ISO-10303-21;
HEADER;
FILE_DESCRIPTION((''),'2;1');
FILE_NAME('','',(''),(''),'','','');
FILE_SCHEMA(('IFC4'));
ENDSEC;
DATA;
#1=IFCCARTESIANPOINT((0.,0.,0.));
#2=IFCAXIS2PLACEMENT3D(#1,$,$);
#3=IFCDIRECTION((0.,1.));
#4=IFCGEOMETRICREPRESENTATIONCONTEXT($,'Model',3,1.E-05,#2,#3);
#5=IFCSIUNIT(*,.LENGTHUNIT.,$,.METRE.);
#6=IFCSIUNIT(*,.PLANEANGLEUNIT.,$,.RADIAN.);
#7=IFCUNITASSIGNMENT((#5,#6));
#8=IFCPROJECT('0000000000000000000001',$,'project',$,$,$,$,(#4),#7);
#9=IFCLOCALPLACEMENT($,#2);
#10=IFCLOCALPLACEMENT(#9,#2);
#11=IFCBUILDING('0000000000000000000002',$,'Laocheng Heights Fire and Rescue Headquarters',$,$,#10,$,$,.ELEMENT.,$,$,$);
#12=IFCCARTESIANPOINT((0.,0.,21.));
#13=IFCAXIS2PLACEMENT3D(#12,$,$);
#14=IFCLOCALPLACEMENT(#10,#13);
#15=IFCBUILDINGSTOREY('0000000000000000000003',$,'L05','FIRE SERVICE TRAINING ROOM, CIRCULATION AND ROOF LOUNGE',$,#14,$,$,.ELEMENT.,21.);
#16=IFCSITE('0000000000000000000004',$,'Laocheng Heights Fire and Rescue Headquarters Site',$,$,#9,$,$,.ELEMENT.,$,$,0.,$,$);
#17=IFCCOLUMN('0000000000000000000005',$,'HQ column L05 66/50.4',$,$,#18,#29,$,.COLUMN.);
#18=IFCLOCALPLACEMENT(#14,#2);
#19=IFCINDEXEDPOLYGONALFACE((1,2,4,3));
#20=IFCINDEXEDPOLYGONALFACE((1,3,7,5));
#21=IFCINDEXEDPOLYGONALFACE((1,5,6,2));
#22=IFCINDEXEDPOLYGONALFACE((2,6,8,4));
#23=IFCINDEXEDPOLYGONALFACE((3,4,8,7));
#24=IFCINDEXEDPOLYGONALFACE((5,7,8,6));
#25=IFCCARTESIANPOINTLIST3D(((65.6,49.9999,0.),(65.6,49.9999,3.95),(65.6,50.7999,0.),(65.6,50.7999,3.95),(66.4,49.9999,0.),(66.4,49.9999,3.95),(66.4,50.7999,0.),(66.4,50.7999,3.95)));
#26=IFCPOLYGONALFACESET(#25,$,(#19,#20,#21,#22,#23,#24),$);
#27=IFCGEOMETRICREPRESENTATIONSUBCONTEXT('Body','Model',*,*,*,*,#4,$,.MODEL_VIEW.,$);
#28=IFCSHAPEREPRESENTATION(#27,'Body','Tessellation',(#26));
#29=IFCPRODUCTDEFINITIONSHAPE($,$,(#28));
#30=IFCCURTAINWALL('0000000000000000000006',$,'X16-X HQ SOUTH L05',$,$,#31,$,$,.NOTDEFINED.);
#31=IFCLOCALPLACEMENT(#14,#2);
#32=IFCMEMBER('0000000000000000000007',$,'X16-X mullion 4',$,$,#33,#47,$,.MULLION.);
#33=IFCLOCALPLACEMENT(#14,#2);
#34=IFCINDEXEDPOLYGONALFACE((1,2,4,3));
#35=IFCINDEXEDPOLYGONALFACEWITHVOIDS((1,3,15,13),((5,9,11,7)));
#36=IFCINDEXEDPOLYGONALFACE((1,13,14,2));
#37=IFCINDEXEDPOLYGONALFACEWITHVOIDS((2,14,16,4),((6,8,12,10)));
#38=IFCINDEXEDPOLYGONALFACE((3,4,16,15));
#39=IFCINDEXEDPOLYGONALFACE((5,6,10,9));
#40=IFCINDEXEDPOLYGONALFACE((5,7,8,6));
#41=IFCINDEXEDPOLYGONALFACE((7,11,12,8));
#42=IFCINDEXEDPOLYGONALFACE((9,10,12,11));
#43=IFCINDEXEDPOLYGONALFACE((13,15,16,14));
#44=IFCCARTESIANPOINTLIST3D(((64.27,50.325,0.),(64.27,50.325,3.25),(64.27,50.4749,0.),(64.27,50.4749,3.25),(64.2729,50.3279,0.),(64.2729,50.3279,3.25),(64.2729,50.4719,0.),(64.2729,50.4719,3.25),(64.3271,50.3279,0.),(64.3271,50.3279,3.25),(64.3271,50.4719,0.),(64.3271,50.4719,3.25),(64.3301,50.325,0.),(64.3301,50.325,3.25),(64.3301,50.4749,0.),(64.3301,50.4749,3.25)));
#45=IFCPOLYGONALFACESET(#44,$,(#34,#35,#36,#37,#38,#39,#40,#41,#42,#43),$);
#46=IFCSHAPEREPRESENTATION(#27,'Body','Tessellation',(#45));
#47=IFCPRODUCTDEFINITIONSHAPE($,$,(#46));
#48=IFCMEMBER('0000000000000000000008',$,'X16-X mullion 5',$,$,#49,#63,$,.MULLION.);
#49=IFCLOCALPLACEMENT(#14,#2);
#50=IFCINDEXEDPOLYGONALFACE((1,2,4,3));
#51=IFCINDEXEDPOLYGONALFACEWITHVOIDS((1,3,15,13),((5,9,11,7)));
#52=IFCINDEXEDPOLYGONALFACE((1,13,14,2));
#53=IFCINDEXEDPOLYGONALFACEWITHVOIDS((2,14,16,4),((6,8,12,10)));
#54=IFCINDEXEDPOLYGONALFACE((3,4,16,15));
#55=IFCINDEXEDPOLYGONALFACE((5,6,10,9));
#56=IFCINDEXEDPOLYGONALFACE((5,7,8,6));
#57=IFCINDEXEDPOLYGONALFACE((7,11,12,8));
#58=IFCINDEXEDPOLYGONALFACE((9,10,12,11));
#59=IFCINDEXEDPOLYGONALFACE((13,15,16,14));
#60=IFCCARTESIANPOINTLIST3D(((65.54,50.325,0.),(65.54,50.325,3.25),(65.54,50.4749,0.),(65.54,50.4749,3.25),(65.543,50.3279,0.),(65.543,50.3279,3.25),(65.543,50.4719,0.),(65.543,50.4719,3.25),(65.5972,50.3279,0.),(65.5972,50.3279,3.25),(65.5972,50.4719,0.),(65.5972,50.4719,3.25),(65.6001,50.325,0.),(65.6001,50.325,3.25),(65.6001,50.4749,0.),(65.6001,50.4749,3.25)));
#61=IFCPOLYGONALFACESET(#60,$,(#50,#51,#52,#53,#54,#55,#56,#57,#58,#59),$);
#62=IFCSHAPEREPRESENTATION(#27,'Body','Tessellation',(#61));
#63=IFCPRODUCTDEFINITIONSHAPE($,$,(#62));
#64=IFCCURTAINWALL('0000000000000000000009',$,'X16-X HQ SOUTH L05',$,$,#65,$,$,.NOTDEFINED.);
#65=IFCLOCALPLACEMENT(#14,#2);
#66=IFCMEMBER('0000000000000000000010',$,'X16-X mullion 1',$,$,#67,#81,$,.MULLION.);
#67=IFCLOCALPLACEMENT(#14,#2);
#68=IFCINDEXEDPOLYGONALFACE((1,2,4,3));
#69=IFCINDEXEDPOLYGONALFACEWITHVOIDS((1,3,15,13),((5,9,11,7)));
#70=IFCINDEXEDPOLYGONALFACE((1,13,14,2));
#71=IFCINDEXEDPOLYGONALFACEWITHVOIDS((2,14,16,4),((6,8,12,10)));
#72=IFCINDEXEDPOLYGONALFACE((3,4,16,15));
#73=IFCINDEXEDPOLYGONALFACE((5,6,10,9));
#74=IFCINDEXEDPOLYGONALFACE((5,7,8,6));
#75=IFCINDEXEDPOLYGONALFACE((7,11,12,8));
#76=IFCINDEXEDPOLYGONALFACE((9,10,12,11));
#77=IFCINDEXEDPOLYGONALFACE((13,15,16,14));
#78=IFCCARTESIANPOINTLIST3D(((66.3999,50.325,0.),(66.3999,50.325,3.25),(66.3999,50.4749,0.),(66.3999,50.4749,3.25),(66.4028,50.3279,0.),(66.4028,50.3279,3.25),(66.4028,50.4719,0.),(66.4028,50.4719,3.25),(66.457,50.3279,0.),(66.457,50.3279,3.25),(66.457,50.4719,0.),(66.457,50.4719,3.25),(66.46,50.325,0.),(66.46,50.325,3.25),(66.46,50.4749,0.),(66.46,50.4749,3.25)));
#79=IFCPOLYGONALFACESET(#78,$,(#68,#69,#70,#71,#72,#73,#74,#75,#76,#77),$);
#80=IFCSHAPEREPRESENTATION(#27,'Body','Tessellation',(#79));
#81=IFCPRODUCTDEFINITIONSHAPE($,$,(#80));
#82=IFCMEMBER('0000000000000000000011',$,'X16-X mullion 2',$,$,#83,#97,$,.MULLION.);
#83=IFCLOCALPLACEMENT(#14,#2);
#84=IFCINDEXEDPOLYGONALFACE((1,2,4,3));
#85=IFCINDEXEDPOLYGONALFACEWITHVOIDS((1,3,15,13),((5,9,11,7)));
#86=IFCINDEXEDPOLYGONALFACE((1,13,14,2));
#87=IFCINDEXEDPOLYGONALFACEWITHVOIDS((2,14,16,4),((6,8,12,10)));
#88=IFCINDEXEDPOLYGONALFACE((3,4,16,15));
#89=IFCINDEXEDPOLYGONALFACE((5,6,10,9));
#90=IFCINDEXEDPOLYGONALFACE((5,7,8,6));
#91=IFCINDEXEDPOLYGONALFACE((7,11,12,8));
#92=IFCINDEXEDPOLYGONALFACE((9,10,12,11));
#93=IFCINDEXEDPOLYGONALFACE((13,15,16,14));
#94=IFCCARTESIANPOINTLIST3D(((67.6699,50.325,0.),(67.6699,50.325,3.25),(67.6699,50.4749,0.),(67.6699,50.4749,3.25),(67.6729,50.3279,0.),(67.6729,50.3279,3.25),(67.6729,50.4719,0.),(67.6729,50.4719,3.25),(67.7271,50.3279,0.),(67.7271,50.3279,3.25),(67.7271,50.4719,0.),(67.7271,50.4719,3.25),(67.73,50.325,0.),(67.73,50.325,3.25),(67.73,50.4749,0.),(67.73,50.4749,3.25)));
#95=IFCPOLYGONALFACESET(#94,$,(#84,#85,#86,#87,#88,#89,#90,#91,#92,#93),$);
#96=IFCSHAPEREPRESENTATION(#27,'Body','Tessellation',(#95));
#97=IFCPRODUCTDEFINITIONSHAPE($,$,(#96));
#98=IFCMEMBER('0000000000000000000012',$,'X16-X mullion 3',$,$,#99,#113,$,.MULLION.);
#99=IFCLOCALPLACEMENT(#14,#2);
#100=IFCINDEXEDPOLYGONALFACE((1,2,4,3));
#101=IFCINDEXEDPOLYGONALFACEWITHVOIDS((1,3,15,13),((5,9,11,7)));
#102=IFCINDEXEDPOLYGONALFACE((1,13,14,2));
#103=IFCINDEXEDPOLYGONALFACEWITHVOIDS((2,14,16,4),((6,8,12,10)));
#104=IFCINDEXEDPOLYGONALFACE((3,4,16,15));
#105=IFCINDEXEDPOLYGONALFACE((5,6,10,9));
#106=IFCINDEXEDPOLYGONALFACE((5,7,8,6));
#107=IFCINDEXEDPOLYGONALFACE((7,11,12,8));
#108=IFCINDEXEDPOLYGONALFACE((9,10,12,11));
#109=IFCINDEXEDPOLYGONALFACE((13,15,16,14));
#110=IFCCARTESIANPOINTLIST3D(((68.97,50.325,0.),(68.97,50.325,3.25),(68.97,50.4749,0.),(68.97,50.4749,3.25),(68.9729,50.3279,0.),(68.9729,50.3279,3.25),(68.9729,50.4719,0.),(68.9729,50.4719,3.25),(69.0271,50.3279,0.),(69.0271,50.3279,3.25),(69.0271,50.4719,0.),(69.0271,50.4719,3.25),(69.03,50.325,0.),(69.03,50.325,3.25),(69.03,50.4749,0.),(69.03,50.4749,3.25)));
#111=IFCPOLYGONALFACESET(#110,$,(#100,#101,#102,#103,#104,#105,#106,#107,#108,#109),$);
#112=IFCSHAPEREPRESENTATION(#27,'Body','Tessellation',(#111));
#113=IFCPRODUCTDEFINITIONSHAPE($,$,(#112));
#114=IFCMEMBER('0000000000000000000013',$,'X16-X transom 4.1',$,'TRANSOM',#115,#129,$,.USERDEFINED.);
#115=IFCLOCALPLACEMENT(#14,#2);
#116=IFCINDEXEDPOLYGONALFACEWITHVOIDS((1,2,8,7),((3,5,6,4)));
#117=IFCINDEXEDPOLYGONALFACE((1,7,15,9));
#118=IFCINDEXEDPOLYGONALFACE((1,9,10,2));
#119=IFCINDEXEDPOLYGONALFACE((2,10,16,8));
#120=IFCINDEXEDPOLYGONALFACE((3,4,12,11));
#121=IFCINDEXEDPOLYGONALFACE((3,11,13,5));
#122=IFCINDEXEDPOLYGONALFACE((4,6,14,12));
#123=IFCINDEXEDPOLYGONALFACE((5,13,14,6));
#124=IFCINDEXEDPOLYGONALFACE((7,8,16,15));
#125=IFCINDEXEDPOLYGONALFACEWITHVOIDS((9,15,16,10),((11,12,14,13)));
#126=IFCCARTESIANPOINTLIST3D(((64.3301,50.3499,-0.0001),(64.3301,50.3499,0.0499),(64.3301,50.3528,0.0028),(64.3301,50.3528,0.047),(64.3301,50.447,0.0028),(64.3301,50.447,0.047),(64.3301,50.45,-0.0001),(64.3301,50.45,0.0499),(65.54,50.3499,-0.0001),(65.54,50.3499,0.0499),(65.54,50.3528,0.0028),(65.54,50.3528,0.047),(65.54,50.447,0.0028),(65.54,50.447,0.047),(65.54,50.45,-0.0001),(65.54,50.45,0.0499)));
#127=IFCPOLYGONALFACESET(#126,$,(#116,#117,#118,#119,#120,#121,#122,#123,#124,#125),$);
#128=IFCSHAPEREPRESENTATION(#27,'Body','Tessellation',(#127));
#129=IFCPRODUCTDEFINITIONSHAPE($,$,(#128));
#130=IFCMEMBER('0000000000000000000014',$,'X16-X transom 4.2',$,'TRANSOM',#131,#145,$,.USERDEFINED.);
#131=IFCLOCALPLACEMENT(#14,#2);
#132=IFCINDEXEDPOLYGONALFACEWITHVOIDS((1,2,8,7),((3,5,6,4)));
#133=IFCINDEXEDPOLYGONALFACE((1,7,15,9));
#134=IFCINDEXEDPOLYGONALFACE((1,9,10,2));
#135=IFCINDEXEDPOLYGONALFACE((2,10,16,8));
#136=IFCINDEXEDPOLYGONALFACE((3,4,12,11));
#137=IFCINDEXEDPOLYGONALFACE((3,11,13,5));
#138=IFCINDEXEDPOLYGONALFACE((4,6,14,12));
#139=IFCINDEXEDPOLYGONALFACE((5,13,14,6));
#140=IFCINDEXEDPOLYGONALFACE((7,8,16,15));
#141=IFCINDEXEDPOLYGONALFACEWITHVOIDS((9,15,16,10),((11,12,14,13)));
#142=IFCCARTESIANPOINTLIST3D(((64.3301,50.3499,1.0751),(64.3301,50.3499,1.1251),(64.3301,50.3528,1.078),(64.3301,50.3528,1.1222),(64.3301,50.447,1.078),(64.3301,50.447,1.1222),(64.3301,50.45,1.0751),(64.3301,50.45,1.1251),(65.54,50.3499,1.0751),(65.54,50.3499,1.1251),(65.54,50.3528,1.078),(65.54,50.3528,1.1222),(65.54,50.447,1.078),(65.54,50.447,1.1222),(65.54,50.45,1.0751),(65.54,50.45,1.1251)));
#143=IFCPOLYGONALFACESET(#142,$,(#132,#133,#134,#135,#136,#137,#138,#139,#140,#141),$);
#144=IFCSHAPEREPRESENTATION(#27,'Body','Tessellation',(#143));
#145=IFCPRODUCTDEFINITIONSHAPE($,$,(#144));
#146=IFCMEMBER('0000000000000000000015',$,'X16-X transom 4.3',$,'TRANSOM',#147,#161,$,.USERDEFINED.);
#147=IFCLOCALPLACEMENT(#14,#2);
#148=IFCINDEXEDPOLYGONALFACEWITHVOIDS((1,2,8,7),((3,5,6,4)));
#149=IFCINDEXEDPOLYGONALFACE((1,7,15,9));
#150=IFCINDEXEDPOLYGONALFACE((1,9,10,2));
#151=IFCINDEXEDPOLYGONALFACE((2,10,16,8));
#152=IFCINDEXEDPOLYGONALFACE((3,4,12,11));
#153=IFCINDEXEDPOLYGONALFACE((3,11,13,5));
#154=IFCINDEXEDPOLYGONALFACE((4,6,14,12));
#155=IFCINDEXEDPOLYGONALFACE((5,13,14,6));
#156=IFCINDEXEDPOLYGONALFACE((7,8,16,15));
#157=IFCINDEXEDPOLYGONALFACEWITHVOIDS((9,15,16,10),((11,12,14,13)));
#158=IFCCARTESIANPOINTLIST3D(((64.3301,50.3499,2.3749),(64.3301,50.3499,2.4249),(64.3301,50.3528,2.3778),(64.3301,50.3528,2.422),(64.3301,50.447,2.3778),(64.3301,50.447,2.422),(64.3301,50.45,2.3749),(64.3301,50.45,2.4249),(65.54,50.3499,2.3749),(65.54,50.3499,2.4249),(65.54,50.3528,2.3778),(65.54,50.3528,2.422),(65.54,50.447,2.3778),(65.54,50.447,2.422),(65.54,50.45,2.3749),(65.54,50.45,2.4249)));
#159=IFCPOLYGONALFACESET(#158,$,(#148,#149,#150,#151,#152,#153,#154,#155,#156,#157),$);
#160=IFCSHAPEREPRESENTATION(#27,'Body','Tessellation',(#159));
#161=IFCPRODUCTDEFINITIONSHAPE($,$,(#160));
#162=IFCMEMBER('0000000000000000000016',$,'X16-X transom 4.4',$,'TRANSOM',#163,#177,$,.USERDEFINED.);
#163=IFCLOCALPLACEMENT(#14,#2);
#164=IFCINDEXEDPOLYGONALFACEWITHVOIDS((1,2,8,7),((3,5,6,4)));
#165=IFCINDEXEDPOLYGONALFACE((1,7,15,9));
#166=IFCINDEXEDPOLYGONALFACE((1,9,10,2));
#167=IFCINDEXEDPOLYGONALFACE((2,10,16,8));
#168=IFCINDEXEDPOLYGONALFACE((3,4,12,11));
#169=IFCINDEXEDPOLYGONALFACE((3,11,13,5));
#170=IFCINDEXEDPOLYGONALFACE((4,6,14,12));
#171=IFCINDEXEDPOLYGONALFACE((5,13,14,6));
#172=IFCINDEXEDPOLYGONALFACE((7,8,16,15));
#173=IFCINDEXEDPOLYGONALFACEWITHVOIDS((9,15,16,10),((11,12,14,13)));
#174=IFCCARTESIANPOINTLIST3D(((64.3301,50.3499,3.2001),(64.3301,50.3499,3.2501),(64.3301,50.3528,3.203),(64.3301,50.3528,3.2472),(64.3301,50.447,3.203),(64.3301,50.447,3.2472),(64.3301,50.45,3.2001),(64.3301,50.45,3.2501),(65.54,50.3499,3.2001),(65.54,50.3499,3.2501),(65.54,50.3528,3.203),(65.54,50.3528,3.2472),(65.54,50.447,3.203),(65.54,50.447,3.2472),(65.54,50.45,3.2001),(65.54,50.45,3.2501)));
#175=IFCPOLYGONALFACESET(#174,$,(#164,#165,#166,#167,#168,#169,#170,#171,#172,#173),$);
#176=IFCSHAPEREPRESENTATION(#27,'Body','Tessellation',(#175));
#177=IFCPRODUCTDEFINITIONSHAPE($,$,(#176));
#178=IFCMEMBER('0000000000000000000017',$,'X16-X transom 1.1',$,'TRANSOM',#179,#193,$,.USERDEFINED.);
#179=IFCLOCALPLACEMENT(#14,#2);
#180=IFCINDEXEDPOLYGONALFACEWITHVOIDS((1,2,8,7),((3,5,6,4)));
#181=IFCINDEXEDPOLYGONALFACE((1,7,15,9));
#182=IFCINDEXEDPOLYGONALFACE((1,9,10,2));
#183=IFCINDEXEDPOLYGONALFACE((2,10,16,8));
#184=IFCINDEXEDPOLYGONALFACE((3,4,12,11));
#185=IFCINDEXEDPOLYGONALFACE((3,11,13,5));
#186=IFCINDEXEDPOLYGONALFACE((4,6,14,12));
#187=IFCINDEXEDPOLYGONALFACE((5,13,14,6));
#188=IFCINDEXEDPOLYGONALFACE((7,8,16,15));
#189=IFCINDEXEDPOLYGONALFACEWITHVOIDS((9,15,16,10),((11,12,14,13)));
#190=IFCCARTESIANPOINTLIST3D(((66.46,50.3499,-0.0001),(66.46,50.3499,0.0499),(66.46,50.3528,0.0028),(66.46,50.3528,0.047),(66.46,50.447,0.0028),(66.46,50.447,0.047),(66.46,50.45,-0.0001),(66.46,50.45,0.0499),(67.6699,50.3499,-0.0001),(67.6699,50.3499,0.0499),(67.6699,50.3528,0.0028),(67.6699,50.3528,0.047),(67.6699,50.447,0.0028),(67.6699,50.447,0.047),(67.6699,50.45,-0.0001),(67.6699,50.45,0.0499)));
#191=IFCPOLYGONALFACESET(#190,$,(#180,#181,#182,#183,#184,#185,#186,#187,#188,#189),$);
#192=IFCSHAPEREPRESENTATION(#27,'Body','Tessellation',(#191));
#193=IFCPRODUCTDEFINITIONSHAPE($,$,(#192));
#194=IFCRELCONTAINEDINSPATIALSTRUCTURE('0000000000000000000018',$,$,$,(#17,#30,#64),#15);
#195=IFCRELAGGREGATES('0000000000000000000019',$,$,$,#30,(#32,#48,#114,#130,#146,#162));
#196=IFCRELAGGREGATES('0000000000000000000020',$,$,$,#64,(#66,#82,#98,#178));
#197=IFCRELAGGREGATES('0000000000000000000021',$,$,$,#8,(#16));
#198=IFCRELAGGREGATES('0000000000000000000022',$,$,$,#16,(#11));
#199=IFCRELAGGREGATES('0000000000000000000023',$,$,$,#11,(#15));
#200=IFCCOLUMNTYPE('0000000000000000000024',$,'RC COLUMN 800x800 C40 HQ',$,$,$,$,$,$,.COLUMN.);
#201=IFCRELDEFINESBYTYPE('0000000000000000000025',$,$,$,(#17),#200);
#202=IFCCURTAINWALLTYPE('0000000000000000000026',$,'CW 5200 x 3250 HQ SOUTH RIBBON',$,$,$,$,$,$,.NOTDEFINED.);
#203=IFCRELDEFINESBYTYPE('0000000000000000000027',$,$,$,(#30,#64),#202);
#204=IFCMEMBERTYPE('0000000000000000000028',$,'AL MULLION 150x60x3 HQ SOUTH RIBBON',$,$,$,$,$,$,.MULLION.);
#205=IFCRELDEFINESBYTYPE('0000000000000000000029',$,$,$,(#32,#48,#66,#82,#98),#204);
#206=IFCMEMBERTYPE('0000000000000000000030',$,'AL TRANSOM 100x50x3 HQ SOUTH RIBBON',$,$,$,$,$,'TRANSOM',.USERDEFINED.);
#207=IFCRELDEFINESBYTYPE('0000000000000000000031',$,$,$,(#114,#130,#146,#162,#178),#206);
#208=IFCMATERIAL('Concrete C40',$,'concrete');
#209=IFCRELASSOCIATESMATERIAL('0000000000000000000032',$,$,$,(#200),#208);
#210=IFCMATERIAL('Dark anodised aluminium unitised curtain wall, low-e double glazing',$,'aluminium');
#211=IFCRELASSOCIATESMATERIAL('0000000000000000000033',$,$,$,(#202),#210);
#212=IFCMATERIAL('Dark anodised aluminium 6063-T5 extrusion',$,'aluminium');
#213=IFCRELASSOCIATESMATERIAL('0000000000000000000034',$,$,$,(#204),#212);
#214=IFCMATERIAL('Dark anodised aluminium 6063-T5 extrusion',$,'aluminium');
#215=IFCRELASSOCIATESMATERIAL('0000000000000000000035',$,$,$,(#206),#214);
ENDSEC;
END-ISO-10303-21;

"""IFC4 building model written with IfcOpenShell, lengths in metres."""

from ifc_helpers import new_model, si_unit, direction, frame, origin, origin_2d, place, context, subcontext, project, spatial, rectangle, hollow_rectangle, extrude, material, material_profile, profile_set, type_object, element, aggregate, save


model = new_model("IFC4")

# Units and contexts
model_context = context("Model", 3, precision=1e-05, world=origin(), true_north=direction((0.0, 1.0)))
body_context = subcontext(model_context, "Body", "Model", "MODEL_VIEW")
ifc_project = project(units=[si_unit("LENGTHUNIT", "METRE"), si_unit("PLANEANGLEUNIT", "RADIAN")], contexts=[model_context])

# Site, building, storey
site_placement = place(None, origin())
site = spatial("IfcSite", under=ifc_project, at=site_placement, Name="Laocheng Heights Fire and Rescue Headquarters Site", CompositionType="ELEMENT", RefElevation=0.0)
building_placement = place(site_placement, origin())
building = spatial("IfcBuilding", under=site, at=building_placement, Name="Laocheng Heights Fire and Rescue Headquarters", CompositionType="ELEMENT")
storey_placement = place(building_placement, frame((0.0, 0.0, 21.0)))
storey = spatial("IfcBuildingStorey", under=building, at=storey_placement, Name="L05", Description="FIRE SERVICE TRAINING ROOM, CIRCULATION AND ROOF LOUNGE", CompositionType="ELEMENT", Elevation=21.0)

# Column
ifc_material_1 = material(Name="Concrete C40", Category="concrete")
ifc_material_profile_1 = material_profile(ifc_material_1, rectangle(XDim=0.8, YDim=0.8, at=origin_2d()), Name="RC COLUMN 800x800 C40 HQ")
ifc_profile_set_1 = profile_set([ifc_material_profile_1], Name="Concrete C40")
column_type = type_object("IfcColumnType", Name="RC COLUMN 800x800 C40 HQ", PredefinedType="COLUMN", material=ifc_profile_set_1)
column_placement = place(storey_placement, frame((66.0, 50.3999, 0.0), z_axis=(0.0, 0.0, 1.0), x_axis=(1.0, 0.0, 0.0)))
element("IfcColumn", 1, at=column_placement, inside=storey, type_object=column_type, Name="HQ column L05 66/50.4", PredefinedType="COLUMN", context=body_context, shape_type="SweptSolid", body=[
    extrude(rectangle(XDim=0.8, YDim=0.8, at=origin_2d()), origin(), (0.0, 0.0, 1.0), 3.95),
])

# Curtain walls, members
ifc_material_2 = material(Name="Dark anodised aluminium unitised curtain wall, low-e double glazing", Category="aluminium")
curtain_wall_type = type_object("IfcCurtainWallType", Name="CW 5200 x 3250 HQ SOUTH RIBBON", PredefinedType="NOTDEFINED", material=ifc_material_2)
curtain_wall_1_placement = place(storey_placement, origin())
curtain_wall_1 = element("IfcCurtainWall", 2, at=curtain_wall_1_placement, inside=storey, type_object=curtain_wall_type, Name="X16-X HQ SOUTH L05", PredefinedType="NOTDEFINED")
ifc_material_3 = material(Name="Dark anodised aluminium 6063-T5 extrusion", Category="aluminium")
ifc_material_profile_2 = material_profile(ifc_material_3, hollow_rectangle(XDim=0.1499, YDim=0.0601, WallThickness=0.0029, at=origin_2d()), Name="AL MULLION 150x60x3 HQ SOUTH RIBBON")
ifc_profile_set_2 = profile_set([ifc_material_profile_2], Name="Dark anodised aluminium 6063-T5 extrusion")
member_type_1 = type_object("IfcMemberType", Name="AL MULLION 150x60x3 HQ SOUTH RIBBON", PredefinedType="MULLION", material=ifc_profile_set_2)
member_1_placement = place(storey_placement, frame((64.3, 50.3999, 0.0), z_axis=(0.0, 0.0, 1.0), x_axis=(0.0, 1.0, 0.0)))
member_1 = element("IfcMember", 3, at=member_1_placement, type_object=member_type_1, Name="X16-X mullion 4", PredefinedType="MULLION", context=body_context, shape_type="SweptSolid", body=[
    extrude(hollow_rectangle(XDim=0.1499, YDim=0.0601, WallThickness=0.0029, at=origin_2d()), origin(), (0.0, 0.0, 1.0), 3.25),
])
member_2_placement = place(storey_placement, frame((65.5701, 50.3999, 0.0), z_axis=(0.0, 0.0, 1.0), x_axis=(0.0, 1.0, 0.0)))
member_2 = element("IfcMember", 4, at=member_2_placement, type_object=member_type_1, Name="X16-X mullion 5", PredefinedType="MULLION", context=body_context, shape_type="SweptSolid", body=[
    extrude(hollow_rectangle(XDim=0.1499, YDim=0.0601, WallThickness=0.0029, at=origin_2d()), origin(), (0.0, 0.0, 1.0), 3.25),
])
curtain_wall_2_placement = place(storey_placement, origin())
curtain_wall_2 = element("IfcCurtainWall", 5, at=curtain_wall_2_placement, inside=storey, type_object=curtain_wall_type, Name="X16-X HQ SOUTH L05", PredefinedType="NOTDEFINED")
member_3_placement = place(storey_placement, frame((66.4299, 50.3999, 0.0), z_axis=(0.0, 0.0, 1.0), x_axis=(0.0, 1.0, 0.0)))
member_3 = element("IfcMember", 6, at=member_3_placement, type_object=member_type_1, Name="X16-X mullion 1", PredefinedType="MULLION", context=body_context, shape_type="SweptSolid", body=[
    extrude(hollow_rectangle(XDim=0.1499, YDim=0.0601, WallThickness=0.0029, at=origin_2d()), origin(), (0.0, 0.0, 1.0), 3.25),
])
member_4_placement = place(storey_placement, frame((67.7, 50.3999, 0.0), z_axis=(0.0, 0.0, 1.0), x_axis=(0.0, 1.0, 0.0)))
member_4 = element("IfcMember", 7, at=member_4_placement, type_object=member_type_1, Name="X16-X mullion 2", PredefinedType="MULLION", context=body_context, shape_type="SweptSolid", body=[
    extrude(hollow_rectangle(XDim=0.1499, YDim=0.0601, WallThickness=0.0029, at=origin_2d()), origin(), (0.0, 0.0, 1.0), 3.25),
])
member_5_placement = place(storey_placement, frame((69.0, 50.3999, 0.0), z_axis=(0.0, 0.0, 1.0), x_axis=(0.0, 1.0, 0.0)))
member_5 = element("IfcMember", 8, at=member_5_placement, type_object=member_type_1, Name="X16-X mullion 3", PredefinedType="MULLION", context=body_context, shape_type="SweptSolid", body=[
    extrude(hollow_rectangle(XDim=0.1499, YDim=0.0601, WallThickness=0.0029, at=origin_2d()), origin(), (0.0, 0.0, 1.0), 3.25),
])

# Members
ifc_material_4 = material(Name="Dark anodised aluminium 6063-T5 extrusion", Category="aluminium")
ifc_material_profile_3 = material_profile(ifc_material_4, hollow_rectangle(XDim=0.1001, YDim=0.05, WallThickness=0.0029, at=origin_2d()), Name="AL TRANSOM 100x50x3 HQ SOUTH RIBBON")
ifc_profile_set_3 = profile_set([ifc_material_profile_3], Name="Dark anodised aluminium 6063-T5 extrusion")
member_type_2 = type_object("IfcMemberType", Name="AL TRANSOM 100x50x3 HQ SOUTH RIBBON", ElementType="TRANSOM", PredefinedType="USERDEFINED", material=ifc_profile_set_3)
member_6_placement = place(storey_placement, frame((64.3301, 50.3999, 0.0249), z_axis=(1.0, 0.0, 0.0), x_axis=(0.0, 1.0, 0.0)))
member_6 = element("IfcMember", 9, at=member_6_placement, type_object=member_type_2, Name="X16-X transom 4.1", ObjectType="TRANSOM", PredefinedType="USERDEFINED", context=body_context, shape_type="SweptSolid", body=[
    extrude(hollow_rectangle(XDim=0.1001, YDim=0.05, WallThickness=0.0029, at=origin_2d()), origin(), (0.0, 0.0, 1.0), 1.21),
])
member_7_placement = place(storey_placement, frame((64.3301, 50.3999, 1.1001), z_axis=(1.0, 0.0, 0.0), x_axis=(0.0, 1.0, 0.0)))
member_7 = element("IfcMember", 10, at=member_7_placement, type_object=member_type_2, Name="X16-X transom 4.2", ObjectType="TRANSOM", PredefinedType="USERDEFINED", context=body_context, shape_type="SweptSolid", body=[
    extrude(hollow_rectangle(XDim=0.1001, YDim=0.05, WallThickness=0.0029, at=origin_2d()), origin(), (0.0, 0.0, 1.0), 1.21),
])
member_8_placement = place(storey_placement, frame((64.3301, 50.3999, 2.3999), z_axis=(1.0, 0.0, 0.0), x_axis=(0.0, 1.0, 0.0)))
member_8 = element("IfcMember", 11, at=member_8_placement, type_object=member_type_2, Name="X16-X transom 4.3", ObjectType="TRANSOM", PredefinedType="USERDEFINED", context=body_context, shape_type="SweptSolid", body=[
    extrude(hollow_rectangle(XDim=0.1001, YDim=0.05, WallThickness=0.0029, at=origin_2d()), origin(), (0.0, 0.0, 1.0), 1.21),
])
member_9_placement = place(storey_placement, frame((64.3301, 50.3999, 3.2251), z_axis=(1.0, 0.0, 0.0), x_axis=(0.0, 1.0, 0.0)))
member_9 = element("IfcMember", 12, at=member_9_placement, type_object=member_type_2, Name="X16-X transom 4.4", ObjectType="TRANSOM", PredefinedType="USERDEFINED", context=body_context, shape_type="SweptSolid", body=[
    extrude(hollow_rectangle(XDim=0.1001, YDim=0.05, WallThickness=0.0029, at=origin_2d()), origin(), (0.0, 0.0, 1.0), 1.21),
])
member_10_placement = place(storey_placement, frame((66.46, 50.3999, 0.0249), z_axis=(1.0, 0.0, 0.0), x_axis=(0.0, 1.0, 0.0)))
member_10 = element("IfcMember", 13, at=member_10_placement, type_object=member_type_2, Name="X16-X transom 1.1", ObjectType="TRANSOM", PredefinedType="USERDEFINED", context=body_context, shape_type="SweptSolid", body=[
    extrude(hollow_rectangle(XDim=0.1001, YDim=0.05, WallThickness=0.0029, at=origin_2d()), origin(), (0.0, 0.0, 1.0), 1.21),
])

aggregate(curtain_wall_1, [member_1, member_2, member_6, member_7, member_8, member_9])
aggregate(curtain_wall_2, [member_3, member_4, member_5, member_10])

save(model, "model.ifc")
